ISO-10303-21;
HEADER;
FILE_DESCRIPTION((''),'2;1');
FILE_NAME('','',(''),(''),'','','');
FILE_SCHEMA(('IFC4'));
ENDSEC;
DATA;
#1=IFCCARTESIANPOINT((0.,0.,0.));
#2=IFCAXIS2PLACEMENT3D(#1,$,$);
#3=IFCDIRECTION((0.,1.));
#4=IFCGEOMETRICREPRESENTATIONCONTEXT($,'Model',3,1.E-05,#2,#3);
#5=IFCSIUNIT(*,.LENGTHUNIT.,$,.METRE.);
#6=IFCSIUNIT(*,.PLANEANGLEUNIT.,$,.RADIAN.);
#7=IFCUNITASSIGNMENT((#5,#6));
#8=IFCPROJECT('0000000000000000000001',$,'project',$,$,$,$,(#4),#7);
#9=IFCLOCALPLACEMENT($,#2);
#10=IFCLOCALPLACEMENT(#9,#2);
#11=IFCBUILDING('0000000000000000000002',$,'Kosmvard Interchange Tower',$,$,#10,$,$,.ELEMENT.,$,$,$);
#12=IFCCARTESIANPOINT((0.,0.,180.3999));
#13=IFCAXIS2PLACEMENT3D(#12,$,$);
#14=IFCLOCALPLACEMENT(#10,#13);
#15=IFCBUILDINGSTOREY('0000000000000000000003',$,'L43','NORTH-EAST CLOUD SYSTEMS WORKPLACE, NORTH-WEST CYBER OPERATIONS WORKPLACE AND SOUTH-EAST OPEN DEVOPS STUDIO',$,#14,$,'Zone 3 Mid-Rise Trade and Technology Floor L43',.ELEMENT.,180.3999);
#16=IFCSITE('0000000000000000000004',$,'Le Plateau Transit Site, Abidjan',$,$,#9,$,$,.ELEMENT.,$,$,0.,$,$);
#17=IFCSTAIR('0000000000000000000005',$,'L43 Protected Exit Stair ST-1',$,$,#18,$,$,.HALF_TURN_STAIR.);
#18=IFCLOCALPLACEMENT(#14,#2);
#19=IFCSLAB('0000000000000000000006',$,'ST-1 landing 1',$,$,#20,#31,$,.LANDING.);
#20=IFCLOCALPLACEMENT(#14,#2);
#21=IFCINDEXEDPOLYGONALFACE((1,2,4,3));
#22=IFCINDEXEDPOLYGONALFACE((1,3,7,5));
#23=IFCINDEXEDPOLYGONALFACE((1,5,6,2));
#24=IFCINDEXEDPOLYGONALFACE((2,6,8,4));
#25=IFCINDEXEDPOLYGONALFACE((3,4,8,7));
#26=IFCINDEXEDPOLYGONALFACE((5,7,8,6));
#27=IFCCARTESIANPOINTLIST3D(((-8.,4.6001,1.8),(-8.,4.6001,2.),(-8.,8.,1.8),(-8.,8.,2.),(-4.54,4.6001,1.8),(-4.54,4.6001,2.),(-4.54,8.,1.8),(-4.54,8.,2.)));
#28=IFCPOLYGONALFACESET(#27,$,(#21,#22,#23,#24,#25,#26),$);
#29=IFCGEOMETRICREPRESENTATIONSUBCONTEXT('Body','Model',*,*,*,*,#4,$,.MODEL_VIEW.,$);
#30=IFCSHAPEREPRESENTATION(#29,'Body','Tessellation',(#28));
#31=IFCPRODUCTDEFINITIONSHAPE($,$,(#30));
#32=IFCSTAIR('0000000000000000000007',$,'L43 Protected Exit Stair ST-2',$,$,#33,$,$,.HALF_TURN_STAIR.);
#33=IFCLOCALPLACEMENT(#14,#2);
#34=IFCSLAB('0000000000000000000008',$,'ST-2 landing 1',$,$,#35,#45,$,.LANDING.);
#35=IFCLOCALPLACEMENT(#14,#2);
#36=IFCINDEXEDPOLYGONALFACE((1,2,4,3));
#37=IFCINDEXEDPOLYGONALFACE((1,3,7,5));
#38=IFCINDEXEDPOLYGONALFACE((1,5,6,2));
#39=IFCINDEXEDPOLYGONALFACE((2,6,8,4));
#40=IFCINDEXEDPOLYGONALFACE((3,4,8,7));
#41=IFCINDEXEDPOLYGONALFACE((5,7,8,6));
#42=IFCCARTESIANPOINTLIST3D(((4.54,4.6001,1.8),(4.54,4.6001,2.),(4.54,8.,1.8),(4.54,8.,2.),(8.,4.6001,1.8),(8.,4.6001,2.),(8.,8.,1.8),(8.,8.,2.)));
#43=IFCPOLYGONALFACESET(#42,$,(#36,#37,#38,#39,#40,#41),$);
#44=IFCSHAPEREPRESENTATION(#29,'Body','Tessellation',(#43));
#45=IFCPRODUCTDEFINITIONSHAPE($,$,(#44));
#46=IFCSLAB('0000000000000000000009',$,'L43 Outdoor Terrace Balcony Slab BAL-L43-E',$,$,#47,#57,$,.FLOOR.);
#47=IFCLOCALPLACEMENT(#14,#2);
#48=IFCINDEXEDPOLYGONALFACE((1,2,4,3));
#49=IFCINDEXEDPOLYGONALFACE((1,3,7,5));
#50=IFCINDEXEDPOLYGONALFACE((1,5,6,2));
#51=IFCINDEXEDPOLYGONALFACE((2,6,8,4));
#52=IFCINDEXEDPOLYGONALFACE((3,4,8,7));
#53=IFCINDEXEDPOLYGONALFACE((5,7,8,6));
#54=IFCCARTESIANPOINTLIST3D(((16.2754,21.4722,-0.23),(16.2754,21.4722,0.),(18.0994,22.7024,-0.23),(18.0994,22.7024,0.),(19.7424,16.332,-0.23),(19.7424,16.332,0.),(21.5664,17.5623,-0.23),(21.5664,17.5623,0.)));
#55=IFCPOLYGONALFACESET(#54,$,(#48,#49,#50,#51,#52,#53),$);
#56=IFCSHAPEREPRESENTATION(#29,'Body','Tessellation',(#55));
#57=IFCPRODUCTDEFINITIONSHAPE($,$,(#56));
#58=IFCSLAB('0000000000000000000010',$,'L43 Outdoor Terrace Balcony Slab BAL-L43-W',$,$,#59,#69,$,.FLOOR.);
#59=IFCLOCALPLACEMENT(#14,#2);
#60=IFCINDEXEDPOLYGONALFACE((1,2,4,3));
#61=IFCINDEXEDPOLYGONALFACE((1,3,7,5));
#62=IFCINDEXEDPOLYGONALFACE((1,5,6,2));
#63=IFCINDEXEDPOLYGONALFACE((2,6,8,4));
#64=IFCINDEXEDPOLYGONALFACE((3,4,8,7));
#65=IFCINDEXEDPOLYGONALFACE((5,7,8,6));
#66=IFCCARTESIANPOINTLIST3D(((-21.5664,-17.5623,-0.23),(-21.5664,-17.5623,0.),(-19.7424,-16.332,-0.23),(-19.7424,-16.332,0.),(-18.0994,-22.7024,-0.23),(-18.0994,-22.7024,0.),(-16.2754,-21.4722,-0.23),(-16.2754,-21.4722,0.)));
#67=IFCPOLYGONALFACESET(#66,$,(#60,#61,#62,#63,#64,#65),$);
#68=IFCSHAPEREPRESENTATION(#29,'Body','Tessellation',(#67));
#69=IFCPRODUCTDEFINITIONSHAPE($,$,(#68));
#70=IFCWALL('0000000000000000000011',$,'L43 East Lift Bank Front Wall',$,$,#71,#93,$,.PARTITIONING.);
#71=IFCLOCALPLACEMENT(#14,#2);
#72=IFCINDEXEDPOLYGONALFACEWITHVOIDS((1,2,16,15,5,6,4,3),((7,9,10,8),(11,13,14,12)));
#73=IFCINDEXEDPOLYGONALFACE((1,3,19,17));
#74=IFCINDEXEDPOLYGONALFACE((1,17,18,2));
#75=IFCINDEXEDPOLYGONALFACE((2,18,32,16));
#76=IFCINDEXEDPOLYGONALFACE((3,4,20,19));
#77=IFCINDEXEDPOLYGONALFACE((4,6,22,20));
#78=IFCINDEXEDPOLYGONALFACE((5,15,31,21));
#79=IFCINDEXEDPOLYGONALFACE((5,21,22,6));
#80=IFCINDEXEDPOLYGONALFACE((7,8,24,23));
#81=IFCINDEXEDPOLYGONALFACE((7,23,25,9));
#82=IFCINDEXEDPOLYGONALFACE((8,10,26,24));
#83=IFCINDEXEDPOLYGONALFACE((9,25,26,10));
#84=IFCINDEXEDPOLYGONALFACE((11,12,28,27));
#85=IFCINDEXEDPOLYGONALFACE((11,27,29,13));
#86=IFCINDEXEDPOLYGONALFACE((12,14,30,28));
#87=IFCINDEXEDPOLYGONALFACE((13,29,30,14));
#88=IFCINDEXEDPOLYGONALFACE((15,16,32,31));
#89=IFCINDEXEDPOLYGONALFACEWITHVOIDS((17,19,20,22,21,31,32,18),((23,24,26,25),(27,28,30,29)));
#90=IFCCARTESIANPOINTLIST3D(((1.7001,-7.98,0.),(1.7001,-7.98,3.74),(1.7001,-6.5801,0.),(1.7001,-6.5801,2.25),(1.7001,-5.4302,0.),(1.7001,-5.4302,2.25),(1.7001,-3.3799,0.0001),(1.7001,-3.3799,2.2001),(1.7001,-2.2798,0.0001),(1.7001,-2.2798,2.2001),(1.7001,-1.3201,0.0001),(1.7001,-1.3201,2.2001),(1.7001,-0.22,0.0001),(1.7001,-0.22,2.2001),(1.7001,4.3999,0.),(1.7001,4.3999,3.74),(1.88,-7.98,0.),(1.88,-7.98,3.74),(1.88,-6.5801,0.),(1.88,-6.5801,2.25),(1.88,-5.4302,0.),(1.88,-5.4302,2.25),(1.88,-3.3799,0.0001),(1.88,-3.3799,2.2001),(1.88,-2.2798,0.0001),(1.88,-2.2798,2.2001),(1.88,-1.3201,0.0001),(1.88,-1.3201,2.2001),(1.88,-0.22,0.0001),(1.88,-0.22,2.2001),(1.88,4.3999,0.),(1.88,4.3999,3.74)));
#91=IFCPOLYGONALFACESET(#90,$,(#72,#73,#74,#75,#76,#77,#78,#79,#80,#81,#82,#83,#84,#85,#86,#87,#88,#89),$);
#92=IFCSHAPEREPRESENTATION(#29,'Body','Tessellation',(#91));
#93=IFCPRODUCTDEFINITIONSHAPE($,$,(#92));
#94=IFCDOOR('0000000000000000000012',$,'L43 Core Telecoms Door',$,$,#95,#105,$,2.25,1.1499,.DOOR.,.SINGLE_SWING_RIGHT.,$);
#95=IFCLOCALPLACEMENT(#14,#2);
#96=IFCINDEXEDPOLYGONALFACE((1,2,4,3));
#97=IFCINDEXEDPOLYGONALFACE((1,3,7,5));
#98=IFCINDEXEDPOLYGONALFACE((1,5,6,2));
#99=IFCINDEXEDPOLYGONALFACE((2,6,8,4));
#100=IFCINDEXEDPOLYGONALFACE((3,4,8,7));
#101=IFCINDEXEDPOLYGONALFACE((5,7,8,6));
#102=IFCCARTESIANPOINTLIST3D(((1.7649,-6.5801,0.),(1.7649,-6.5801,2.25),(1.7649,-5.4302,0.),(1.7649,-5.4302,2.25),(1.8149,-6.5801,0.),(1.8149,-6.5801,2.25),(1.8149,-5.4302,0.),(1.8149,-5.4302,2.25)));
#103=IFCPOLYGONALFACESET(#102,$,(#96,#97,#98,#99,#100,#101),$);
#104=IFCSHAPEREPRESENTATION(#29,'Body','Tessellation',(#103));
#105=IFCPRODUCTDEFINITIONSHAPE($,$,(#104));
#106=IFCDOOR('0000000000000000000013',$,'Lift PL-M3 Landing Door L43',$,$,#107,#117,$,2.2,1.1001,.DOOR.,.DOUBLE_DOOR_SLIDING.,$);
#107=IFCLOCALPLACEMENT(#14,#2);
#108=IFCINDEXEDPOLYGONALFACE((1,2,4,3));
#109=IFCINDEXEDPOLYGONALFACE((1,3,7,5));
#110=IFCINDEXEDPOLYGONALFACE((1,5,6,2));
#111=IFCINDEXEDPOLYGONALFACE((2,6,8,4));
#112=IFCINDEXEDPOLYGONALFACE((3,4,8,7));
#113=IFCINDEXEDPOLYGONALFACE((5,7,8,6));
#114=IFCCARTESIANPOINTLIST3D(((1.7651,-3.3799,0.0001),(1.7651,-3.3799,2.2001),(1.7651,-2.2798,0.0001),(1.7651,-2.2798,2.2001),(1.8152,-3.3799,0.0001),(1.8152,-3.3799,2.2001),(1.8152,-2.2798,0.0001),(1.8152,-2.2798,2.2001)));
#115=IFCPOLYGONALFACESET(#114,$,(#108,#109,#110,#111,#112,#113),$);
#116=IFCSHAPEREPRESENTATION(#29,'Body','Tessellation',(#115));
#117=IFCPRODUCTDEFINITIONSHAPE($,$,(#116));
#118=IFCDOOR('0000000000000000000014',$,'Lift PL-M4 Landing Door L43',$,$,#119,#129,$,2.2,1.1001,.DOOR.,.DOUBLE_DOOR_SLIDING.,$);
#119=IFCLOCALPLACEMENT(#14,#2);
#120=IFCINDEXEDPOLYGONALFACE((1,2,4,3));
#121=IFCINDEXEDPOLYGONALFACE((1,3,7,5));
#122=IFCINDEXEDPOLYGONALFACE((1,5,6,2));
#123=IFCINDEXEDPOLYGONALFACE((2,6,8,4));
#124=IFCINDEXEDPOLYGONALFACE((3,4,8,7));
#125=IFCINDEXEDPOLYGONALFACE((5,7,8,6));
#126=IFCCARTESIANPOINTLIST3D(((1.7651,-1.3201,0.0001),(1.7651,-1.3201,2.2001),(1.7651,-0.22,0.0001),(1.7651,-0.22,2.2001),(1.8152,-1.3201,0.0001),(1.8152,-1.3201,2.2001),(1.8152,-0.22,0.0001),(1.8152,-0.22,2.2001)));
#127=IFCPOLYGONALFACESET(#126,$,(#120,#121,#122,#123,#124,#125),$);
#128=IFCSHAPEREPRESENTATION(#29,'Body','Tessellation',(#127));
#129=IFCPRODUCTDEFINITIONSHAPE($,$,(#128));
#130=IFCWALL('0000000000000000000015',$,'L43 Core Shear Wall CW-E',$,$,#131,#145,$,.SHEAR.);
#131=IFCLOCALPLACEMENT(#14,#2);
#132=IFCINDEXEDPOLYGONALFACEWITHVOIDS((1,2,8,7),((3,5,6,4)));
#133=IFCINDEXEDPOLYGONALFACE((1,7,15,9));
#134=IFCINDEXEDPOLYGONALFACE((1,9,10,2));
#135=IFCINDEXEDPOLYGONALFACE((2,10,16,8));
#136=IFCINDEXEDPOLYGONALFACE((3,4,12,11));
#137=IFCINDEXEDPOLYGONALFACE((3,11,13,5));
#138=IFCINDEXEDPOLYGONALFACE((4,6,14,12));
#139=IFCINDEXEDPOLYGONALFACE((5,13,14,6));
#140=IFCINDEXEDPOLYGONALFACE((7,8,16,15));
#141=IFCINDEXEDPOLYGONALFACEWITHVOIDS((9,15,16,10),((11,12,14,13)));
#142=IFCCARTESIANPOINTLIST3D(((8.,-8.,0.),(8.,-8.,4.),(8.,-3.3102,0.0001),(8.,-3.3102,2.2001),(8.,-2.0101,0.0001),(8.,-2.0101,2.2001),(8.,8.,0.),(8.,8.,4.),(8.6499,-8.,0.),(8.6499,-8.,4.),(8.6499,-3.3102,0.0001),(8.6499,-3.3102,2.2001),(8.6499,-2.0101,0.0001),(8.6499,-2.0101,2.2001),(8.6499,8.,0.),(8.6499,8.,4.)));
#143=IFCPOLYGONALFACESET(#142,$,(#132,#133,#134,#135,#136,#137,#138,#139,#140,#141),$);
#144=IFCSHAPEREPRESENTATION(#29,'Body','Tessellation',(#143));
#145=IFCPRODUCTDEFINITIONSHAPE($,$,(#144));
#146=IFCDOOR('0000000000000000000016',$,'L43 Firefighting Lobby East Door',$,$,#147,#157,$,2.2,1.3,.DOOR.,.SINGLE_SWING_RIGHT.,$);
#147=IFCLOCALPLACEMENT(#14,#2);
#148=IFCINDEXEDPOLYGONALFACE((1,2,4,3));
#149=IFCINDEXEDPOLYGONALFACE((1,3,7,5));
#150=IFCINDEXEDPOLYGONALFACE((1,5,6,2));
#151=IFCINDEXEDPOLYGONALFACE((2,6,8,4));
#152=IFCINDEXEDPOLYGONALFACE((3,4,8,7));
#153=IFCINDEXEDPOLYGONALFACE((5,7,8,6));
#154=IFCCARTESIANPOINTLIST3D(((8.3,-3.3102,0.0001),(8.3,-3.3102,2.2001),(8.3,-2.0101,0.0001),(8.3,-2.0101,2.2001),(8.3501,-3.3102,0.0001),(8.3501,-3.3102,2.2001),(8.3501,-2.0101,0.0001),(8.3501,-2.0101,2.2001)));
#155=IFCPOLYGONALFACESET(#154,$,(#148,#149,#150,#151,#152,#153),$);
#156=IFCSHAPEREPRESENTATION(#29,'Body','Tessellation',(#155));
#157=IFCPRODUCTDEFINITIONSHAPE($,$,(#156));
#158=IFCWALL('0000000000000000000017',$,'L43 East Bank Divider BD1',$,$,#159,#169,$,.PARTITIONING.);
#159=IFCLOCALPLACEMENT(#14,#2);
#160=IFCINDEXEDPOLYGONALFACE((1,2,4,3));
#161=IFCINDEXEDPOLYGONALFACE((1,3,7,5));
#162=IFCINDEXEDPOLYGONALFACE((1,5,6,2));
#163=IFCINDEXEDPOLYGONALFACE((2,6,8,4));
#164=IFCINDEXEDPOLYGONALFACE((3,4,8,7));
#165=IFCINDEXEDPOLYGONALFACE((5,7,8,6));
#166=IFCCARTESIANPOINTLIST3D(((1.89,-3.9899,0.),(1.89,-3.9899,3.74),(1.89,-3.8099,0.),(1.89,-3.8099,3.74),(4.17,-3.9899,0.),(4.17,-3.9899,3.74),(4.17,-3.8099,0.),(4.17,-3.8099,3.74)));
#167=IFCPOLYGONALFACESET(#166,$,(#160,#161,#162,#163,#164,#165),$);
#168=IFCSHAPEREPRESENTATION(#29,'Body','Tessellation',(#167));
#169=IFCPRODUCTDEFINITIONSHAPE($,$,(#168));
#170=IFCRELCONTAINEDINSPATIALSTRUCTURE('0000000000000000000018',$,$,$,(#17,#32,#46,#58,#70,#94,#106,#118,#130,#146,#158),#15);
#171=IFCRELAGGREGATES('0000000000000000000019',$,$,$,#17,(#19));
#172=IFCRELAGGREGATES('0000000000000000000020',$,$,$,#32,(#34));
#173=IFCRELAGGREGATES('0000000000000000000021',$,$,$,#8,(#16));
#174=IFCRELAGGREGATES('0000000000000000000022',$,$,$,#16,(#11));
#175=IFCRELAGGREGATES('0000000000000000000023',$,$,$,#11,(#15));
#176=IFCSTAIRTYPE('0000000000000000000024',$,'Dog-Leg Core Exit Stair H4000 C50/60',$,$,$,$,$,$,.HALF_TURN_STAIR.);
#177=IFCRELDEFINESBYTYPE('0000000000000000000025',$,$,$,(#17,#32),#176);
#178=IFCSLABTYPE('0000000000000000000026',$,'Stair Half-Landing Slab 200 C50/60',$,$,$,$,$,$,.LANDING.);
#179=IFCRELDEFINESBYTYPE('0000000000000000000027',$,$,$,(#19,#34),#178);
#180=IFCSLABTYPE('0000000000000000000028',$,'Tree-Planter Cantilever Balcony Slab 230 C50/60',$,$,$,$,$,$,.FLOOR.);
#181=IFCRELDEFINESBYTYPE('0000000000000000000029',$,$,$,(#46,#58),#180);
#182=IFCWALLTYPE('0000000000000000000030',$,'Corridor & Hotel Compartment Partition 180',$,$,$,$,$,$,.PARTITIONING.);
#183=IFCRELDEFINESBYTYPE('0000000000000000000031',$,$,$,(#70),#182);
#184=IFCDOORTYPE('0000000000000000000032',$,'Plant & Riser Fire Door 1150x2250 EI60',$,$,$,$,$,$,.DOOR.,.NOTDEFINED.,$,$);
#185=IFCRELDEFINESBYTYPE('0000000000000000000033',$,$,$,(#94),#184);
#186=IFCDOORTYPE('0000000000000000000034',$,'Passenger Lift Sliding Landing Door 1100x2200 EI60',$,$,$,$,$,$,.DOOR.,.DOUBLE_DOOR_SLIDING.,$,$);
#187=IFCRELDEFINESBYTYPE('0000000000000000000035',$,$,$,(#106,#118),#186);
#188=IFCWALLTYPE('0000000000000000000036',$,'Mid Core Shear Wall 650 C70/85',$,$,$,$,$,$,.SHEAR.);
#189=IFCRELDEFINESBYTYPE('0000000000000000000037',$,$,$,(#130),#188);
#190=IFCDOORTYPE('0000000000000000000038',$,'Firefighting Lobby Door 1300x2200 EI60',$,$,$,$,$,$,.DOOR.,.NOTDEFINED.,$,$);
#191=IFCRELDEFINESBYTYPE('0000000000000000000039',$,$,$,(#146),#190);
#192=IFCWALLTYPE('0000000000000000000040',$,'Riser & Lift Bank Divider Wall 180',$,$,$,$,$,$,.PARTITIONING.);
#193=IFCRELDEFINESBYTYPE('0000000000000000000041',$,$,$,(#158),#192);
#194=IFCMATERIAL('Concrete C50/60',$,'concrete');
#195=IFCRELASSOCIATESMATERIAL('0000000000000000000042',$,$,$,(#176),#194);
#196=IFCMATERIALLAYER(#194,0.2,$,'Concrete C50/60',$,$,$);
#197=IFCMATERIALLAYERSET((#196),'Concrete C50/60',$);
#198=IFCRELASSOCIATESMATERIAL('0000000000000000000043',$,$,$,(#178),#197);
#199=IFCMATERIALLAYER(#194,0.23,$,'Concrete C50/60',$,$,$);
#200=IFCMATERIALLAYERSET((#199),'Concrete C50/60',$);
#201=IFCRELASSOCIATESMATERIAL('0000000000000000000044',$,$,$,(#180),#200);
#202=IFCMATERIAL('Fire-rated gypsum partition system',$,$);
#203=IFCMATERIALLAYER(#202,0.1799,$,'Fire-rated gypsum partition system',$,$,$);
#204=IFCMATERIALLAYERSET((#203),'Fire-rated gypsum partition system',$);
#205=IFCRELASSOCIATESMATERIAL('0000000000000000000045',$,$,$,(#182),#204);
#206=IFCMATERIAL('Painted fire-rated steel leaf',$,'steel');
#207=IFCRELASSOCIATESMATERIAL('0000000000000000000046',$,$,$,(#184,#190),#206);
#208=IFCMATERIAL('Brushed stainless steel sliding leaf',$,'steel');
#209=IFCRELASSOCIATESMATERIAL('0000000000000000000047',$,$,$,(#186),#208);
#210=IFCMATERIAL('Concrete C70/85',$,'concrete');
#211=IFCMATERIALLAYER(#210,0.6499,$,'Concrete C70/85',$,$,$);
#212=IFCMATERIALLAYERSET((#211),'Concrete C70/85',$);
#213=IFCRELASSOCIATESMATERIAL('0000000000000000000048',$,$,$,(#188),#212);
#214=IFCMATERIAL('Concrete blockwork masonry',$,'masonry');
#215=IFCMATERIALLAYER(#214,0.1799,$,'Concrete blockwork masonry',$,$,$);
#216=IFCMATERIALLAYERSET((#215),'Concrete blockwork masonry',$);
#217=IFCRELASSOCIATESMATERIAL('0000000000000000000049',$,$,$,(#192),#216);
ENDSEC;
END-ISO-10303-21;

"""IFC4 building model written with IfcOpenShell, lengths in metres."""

from ifc_helpers import new_model, si_unit, direction, frame, frame_2d, origin, place, context, subcontext, project, spatial, polyline, rectangle, outline, extrude, source, transform, mapped, material, layer, layer_set, type_object, element, fill, aggregate, save


model = new_model("IFC4")

# Units and contexts
model_context = context("Model", 3, precision=1e-05, world=origin(), true_north=direction((0.0, 1.0)))
body_context = subcontext(model_context, "Body", "Model", "MODEL_VIEW")
ifc_project = project(units=[si_unit("LENGTHUNIT", "METRE"), si_unit("PLANEANGLEUNIT", "RADIAN")], contexts=[model_context])

# Site, building, storey
site_placement = place(None, origin())
site = spatial("IfcSite", under=ifc_project, at=site_placement, Name="Le Plateau Transit Site, Abidjan", CompositionType="ELEMENT", RefElevation=0.0)
building_placement = place(site_placement, origin())
building = spatial("IfcBuilding", under=site, at=building_placement, Name="Kosmvard Interchange Tower", CompositionType="ELEMENT")
storey_placement = place(building_placement, frame((0.0, 0.0, 180.3999)))
storey = spatial("IfcBuildingStorey", under=building, at=storey_placement, Name="L43", Description="NORTH-EAST CLOUD SYSTEMS WORKPLACE, NORTH-WEST CYBER OPERATIONS WORKPLACE AND SOUTH-EAST OPEN DEVOPS STUDIO", LongName="Zone 3 Mid-Rise Trade and Technology Floor L43", CompositionType="ELEMENT", Elevation=180.3999)

# Stairs, slabs
ifc_material_1 = material(Name="Concrete C50/60", Category="concrete")
stair_type = type_object("IfcStairType", Name="Dog-Leg Core Exit Stair H4000 C50/60", PredefinedType="HALF_TURN_STAIR", material=ifc_material_1)
stair_1_placement = place(storey_placement, origin())
stair_1 = element("IfcStair", 1, at=stair_1_placement, inside=storey, type_object=stair_type, Name="L43 Protected Exit Stair ST-1", PredefinedType="HALF_TURN_STAIR")
ifc_layer_1 = layer(ifc_material_1, 0.2, Name="Concrete C50/60")
ifc_layer_set_1 = layer_set([ifc_layer_1], Name="Concrete C50/60")
slab_type_1 = type_object("IfcSlabType", Name="Stair Half-Landing Slab 200 C50/60", PredefinedType="LANDING", material=ifc_layer_set_1)
slab_1_placement = place(storey_placement, frame((0.0, 0.0, 1.8)))
slab_1 = element("IfcSlab", 2, at=slab_1_placement, type_object=slab_type_1, Name="ST-1 landing 1", PredefinedType="LANDING", context=body_context, shape_type="SweptSolid", body=[
    extrude(outline(polyline([(-4.54, 4.6001), (-4.54, 8.0), (-8.0, 8.0), (-8.0, 4.6001), (-4.54, 4.6001)])), origin(), (0.0, 0.0, 1.0), 0.2),
])
aggregate(stair_1, [slab_1])
stair_2_placement = place(storey_placement, origin())
stair_2 = element("IfcStair", 3, at=stair_2_placement, inside=storey, type_object=stair_type, Name="L43 Protected Exit Stair ST-2", PredefinedType="HALF_TURN_STAIR")
slab_2_placement = place(storey_placement, frame((0.0, 0.0, 1.8)))
slab_2 = element("IfcSlab", 4, at=slab_2_placement, type_object=slab_type_1, Name="ST-2 landing 1", PredefinedType="LANDING", context=body_context, shape_type="SweptSolid", body=[
    extrude(outline(polyline([(8.0, 4.6001), (8.0, 8.0), (4.54, 8.0), (4.54, 4.6001), (8.0, 4.6001)])), origin(), (0.0, 0.0, 1.0), 0.2),
])
aggregate(stair_2, [slab_2])

# Slabs
ifc_layer_2 = layer(ifc_material_1, 0.23, Name="Concrete C50/60")
ifc_layer_set_2 = layer_set([ifc_layer_2], Name="Concrete C50/60")
slab_type_2 = type_object("IfcSlabType", Name="Tree-Planter Cantilever Balcony Slab 230 C50/60", PredefinedType="FLOOR", material=ifc_layer_set_2)
slab_3_placement = place(storey_placement, frame((0.0, 0.0, -0.23)))
element("IfcSlab", 5, at=slab_3_placement, inside=storey, type_object=slab_type_2, Name="L43 Outdoor Terrace Balcony Slab BAL-L43-E", PredefinedType="FLOOR", context=body_context, shape_type="SweptSolid", body=[
    extrude(outline(polyline([(19.7424, 16.332), (21.5664, 17.5623), (18.0994, 22.7024), (16.2754, 21.4722), (19.7424, 16.332)])), origin(), (0.0, 0.0, 1.0), 0.23),
])
slab_4_placement = place(storey_placement, frame((0.0, 0.0, -0.23)))
element("IfcSlab", 6, at=slab_4_placement, inside=storey, type_object=slab_type_2, Name="L43 Outdoor Terrace Balcony Slab BAL-L43-W", PredefinedType="FLOOR", context=body_context, shape_type="SweptSolid", body=[
    extrude(outline(polyline([(-18.0994, -22.7024), (-16.2754, -21.4722), (-19.7424, -16.332), (-21.5664, -17.5623), (-18.0994, -22.7024)])), origin(), (0.0, 0.0, 1.0), 0.23),
])

# Wall, openings, doors
ifc_material_2 = material(Name="Fire-rated gypsum partition system")
ifc_layer_3 = layer(ifc_material_2, 0.1799, Name="Fire-rated gypsum partition system")
ifc_layer_set_3 = layer_set([ifc_layer_3], Name="Fire-rated gypsum partition system")
wall_type_1 = type_object("IfcWallType", Name="Corridor & Hotel Compartment Partition 180", PredefinedType="PARTITIONING", material=ifc_layer_set_3)
wall_1_placement = place(storey_placement, frame((1.79, -7.98, 0.0), z_axis=(0.0, 0.0, 1.0), x_axis=(0.0, 1.0, 0.0)))
wall_1 = element("IfcWall", 7, at=wall_1_placement, inside=storey, type_object=wall_type_1, Name="L43 East Lift Bank Front Wall", PredefinedType="PARTITIONING", context=body_context, shape_type="SweptSolid", body=[
    extrude(rectangle(XDim=12.3799, YDim=0.1799, at=frame_2d((6.1899, 0.0))), origin(), (0.0, 0.0, 1.0), 3.74),
])
opening_1_placement = place(wall_1_placement, frame((4.6001, 0.0, 0.0)))
opening_1 = element("IfcOpeningElement", 8, at=opening_1_placement, cuts=wall_1, PredefinedType="OPENING", context=body_context, shape_type="SweptSolid", body=[
    extrude(rectangle(XDim=1.1001, YDim=2.2, at=frame_2d((0.55, 1.1001))), frame((0.0, 0.1001, 0.0), z_axis=(0.0, -1.0, 0.0), x_axis=(1.0, 0.0, 0.0)), (0.0, 0.0, 1.0), 0.2),
])
opening_2_placement = place(wall_1_placement, frame((6.6599, 0.0, 0.0)))
opening_2 = element("IfcOpeningElement", 9, at=opening_2_placement, cuts=wall_1, PredefinedType="OPENING", context=body_context, shape_type="SweptSolid", body=[
    extrude(rectangle(XDim=1.1001, YDim=2.2, at=frame_2d((0.55, 1.1001))), frame((0.0, 0.1001, 0.0), z_axis=(0.0, -1.0, 0.0), x_axis=(1.0, 0.0, 0.0)), (0.0, 0.0, 1.0), 0.2),
])
opening_3_placement = place(wall_1_placement, frame((1.3999, 0.0, 0.0)))
opening_3 = element("IfcOpeningElement", 10, at=opening_3_placement, cuts=wall_1, PredefinedType="OPENING", context=body_context, shape_type="SweptSolid", body=[
    extrude(rectangle(XDim=1.1499, YDim=2.25, at=frame_2d((0.575, 1.125))), frame((0.0, 0.1001, 0.0), z_axis=(0.0, -1.0, 0.0), x_axis=(1.0, 0.0, 0.0)), (0.0, 0.0, 1.0), 0.2),
])
ifc_material_3 = material(Name="Painted fire-rated steel leaf", Category="steel")
door_type_1 = type_object("IfcDoorType", Name="Plant & Riser Fire Door 1150x2250 EI60", OperationType="NOTDEFINED", PredefinedType="DOOR", material=ifc_material_3)
shared_shape_1 = source(origin(), body_context, "Body", "SweptSolid", [
    extrude(rectangle(XDim=1.1499, YDim=2.25, at=frame_2d((0.575, 1.125))), frame((0.0, 0.0249, 0.0), z_axis=(0.0, -1.0, 0.0), x_axis=(1.0, 0.0, 0.0)), (0.0, 0.0, 1.0), 0.05),
])
door_1_placement = place(opening_3_placement, frame((1.1499, 0.0, 0.0), z_axis=(0.0, 0.0, 1.0), x_axis=(-1.0, 0.0, 0.0)))
door_1 = element("IfcDoor", 11, at=door_1_placement, inside=storey, type_object=door_type_1, Name="L43 Core Telecoms Door", OperationType="SINGLE_SWING_RIGHT", OverallHeight=2.25, OverallWidth=1.1499, PredefinedType="DOOR", context=body_context, shape_type="MappedRepresentation", body=[
    mapped(shared_shape_1, transform((0.0, 0.0, 0.0), scale=1.0)),
])
fill(opening_3, door_1)
ifc_material_4 = material(Name="Brushed stainless steel sliding leaf", Category="steel")
door_type_2 = type_object("IfcDoorType", Name="Passenger Lift Sliding Landing Door 1100x2200 EI60", OperationType="DOUBLE_DOOR_SLIDING", PredefinedType="DOOR", material=ifc_material_4)
shared_shape_2 = source(origin(), body_context, "Body", "SweptSolid", [
    extrude(rectangle(XDim=1.1001, YDim=2.2, at=frame_2d((0.55, 1.1001))), frame((0.0, 0.0249, 0.0), z_axis=(0.0, -1.0, 0.0), x_axis=(1.0, 0.0, 0.0)), (0.0, 0.0, 1.0), 0.05),
])
door_2_placement = place(opening_1_placement, origin())
door_2 = element("IfcDoor", 12, at=door_2_placement, inside=storey, type_object=door_type_2, Name="Lift PL-M3 Landing Door L43", OperationType="DOUBLE_DOOR_SLIDING", OverallHeight=2.2, OverallWidth=1.1001, PredefinedType="DOOR", context=body_context, shape_type="MappedRepresentation", body=[
    mapped(shared_shape_2, transform((0.0, 0.0, 0.0), scale=1.0)),
])
fill(opening_1, door_2)
door_3_placement = place(opening_2_placement, origin())
door_3 = element("IfcDoor", 13, at=door_3_placement, inside=storey, type_object=door_type_2, Name="Lift PL-M4 Landing Door L43", OperationType="DOUBLE_DOOR_SLIDING", OverallHeight=2.2, OverallWidth=1.1001, PredefinedType="DOOR", context=body_context, shape_type="MappedRepresentation", body=[
    mapped(shared_shape_2, transform((0.0, 0.0, 0.0), scale=1.0)),
])
fill(opening_2, door_3)

# Wall, opening, door
ifc_material_5 = material(Name="Concrete C70/85", Category="concrete")
ifc_layer_4 = layer(ifc_material_5, 0.6499, Name="Concrete C70/85")
ifc_layer_set_4 = layer_set([ifc_layer_4], Name="Concrete C70/85")
wall_type_2 = type_object("IfcWallType", Name="Mid Core Shear Wall 650 C70/85", PredefinedType="SHEAR", material=ifc_layer_set_4)
wall_2_placement = place(storey_placement, frame((8.325, -8.0, 0.0), z_axis=(0.0, 0.0, 1.0), x_axis=(0.0, 1.0, 0.0)))
wall_2 = element("IfcWall", 14, at=wall_2_placement, inside=storey, type_object=wall_type_2, Name="L43 Core Shear Wall CW-E", PredefinedType="SHEAR", context=body_context, shape_type="SweptSolid", body=[
    extrude(rectangle(XDim=16.0, YDim=0.6499, at=frame_2d((8.0, 0.0))), origin(), (0.0, 0.0, 1.0), 4.0),
])
opening_4_placement = place(wall_2_placement, frame((4.6899, 0.0, 0.0)))
opening_4 = element("IfcOpeningElement", 15, at=opening_4_placement, cuts=wall_2, PredefinedType="OPENING", context=body_context, shape_type="SweptSolid", body=[
    extrude(rectangle(XDim=1.3, YDim=2.2, at=frame_2d((0.6499, 1.1001))), frame((0.0, 0.335, 0.0), z_axis=(0.0, -1.0, 0.0), x_axis=(1.0, 0.0, 0.0)), (0.0, 0.0, 1.0), 0.6699),
])
door_type_3 = type_object("IfcDoorType", Name="Firefighting Lobby Door 1300x2200 EI60", OperationType="NOTDEFINED", PredefinedType="DOOR", material=ifc_material_3)
shared_shape_3 = source(origin(), body_context, "Body", "SweptSolid", [
    extrude(rectangle(XDim=1.3, YDim=2.2, at=frame_2d((0.6499, 1.1001))), frame((0.0, 0.0249, 0.0), z_axis=(0.0, -1.0, 0.0), x_axis=(1.0, 0.0, 0.0)), (0.0, 0.0, 1.0), 0.05),
])
door_4_placement = place(opening_4_placement, origin())
door_4 = element("IfcDoor", 16, at=door_4_placement, inside=storey, type_object=door_type_3, Name="L43 Firefighting Lobby East Door", OperationType="SINGLE_SWING_RIGHT", OverallHeight=2.2, OverallWidth=1.3, PredefinedType="DOOR", context=body_context, shape_type="MappedRepresentation", body=[
    mapped(shared_shape_3, transform((0.0, 0.0, 0.0), scale=1.0)),
])
fill(opening_4, door_4)

# Wall
ifc_material_6 = material(Name="Concrete blockwork masonry", Category="masonry")
ifc_layer_5 = layer(ifc_material_6, 0.1799, Name="Concrete blockwork masonry")
ifc_layer_set_5 = layer_set([ifc_layer_5], Name="Concrete blockwork masonry")
wall_type_3 = type_object("IfcWallType", Name="Riser & Lift Bank Divider Wall 180", PredefinedType="PARTITIONING", material=ifc_layer_set_5)
wall_3_placement = place(storey_placement, frame((1.8899, -3.8999, 0.0), z_axis=(0.0, 0.0, 1.0), x_axis=(1.0, 0.0, 0.0)))
element("IfcWall", 17, at=wall_3_placement, inside=storey, type_object=wall_type_3, Name="L43 East Bank Divider BD1", PredefinedType="PARTITIONING", context=body_context, shape_type="SweptSolid", body=[
    extrude(rectangle(XDim=2.28, YDim=0.1799, at=frame_2d((1.1401, 0.0))), origin(), (0.0, 0.0, 1.0), 3.74),
])

save(model, "model.ifc")
